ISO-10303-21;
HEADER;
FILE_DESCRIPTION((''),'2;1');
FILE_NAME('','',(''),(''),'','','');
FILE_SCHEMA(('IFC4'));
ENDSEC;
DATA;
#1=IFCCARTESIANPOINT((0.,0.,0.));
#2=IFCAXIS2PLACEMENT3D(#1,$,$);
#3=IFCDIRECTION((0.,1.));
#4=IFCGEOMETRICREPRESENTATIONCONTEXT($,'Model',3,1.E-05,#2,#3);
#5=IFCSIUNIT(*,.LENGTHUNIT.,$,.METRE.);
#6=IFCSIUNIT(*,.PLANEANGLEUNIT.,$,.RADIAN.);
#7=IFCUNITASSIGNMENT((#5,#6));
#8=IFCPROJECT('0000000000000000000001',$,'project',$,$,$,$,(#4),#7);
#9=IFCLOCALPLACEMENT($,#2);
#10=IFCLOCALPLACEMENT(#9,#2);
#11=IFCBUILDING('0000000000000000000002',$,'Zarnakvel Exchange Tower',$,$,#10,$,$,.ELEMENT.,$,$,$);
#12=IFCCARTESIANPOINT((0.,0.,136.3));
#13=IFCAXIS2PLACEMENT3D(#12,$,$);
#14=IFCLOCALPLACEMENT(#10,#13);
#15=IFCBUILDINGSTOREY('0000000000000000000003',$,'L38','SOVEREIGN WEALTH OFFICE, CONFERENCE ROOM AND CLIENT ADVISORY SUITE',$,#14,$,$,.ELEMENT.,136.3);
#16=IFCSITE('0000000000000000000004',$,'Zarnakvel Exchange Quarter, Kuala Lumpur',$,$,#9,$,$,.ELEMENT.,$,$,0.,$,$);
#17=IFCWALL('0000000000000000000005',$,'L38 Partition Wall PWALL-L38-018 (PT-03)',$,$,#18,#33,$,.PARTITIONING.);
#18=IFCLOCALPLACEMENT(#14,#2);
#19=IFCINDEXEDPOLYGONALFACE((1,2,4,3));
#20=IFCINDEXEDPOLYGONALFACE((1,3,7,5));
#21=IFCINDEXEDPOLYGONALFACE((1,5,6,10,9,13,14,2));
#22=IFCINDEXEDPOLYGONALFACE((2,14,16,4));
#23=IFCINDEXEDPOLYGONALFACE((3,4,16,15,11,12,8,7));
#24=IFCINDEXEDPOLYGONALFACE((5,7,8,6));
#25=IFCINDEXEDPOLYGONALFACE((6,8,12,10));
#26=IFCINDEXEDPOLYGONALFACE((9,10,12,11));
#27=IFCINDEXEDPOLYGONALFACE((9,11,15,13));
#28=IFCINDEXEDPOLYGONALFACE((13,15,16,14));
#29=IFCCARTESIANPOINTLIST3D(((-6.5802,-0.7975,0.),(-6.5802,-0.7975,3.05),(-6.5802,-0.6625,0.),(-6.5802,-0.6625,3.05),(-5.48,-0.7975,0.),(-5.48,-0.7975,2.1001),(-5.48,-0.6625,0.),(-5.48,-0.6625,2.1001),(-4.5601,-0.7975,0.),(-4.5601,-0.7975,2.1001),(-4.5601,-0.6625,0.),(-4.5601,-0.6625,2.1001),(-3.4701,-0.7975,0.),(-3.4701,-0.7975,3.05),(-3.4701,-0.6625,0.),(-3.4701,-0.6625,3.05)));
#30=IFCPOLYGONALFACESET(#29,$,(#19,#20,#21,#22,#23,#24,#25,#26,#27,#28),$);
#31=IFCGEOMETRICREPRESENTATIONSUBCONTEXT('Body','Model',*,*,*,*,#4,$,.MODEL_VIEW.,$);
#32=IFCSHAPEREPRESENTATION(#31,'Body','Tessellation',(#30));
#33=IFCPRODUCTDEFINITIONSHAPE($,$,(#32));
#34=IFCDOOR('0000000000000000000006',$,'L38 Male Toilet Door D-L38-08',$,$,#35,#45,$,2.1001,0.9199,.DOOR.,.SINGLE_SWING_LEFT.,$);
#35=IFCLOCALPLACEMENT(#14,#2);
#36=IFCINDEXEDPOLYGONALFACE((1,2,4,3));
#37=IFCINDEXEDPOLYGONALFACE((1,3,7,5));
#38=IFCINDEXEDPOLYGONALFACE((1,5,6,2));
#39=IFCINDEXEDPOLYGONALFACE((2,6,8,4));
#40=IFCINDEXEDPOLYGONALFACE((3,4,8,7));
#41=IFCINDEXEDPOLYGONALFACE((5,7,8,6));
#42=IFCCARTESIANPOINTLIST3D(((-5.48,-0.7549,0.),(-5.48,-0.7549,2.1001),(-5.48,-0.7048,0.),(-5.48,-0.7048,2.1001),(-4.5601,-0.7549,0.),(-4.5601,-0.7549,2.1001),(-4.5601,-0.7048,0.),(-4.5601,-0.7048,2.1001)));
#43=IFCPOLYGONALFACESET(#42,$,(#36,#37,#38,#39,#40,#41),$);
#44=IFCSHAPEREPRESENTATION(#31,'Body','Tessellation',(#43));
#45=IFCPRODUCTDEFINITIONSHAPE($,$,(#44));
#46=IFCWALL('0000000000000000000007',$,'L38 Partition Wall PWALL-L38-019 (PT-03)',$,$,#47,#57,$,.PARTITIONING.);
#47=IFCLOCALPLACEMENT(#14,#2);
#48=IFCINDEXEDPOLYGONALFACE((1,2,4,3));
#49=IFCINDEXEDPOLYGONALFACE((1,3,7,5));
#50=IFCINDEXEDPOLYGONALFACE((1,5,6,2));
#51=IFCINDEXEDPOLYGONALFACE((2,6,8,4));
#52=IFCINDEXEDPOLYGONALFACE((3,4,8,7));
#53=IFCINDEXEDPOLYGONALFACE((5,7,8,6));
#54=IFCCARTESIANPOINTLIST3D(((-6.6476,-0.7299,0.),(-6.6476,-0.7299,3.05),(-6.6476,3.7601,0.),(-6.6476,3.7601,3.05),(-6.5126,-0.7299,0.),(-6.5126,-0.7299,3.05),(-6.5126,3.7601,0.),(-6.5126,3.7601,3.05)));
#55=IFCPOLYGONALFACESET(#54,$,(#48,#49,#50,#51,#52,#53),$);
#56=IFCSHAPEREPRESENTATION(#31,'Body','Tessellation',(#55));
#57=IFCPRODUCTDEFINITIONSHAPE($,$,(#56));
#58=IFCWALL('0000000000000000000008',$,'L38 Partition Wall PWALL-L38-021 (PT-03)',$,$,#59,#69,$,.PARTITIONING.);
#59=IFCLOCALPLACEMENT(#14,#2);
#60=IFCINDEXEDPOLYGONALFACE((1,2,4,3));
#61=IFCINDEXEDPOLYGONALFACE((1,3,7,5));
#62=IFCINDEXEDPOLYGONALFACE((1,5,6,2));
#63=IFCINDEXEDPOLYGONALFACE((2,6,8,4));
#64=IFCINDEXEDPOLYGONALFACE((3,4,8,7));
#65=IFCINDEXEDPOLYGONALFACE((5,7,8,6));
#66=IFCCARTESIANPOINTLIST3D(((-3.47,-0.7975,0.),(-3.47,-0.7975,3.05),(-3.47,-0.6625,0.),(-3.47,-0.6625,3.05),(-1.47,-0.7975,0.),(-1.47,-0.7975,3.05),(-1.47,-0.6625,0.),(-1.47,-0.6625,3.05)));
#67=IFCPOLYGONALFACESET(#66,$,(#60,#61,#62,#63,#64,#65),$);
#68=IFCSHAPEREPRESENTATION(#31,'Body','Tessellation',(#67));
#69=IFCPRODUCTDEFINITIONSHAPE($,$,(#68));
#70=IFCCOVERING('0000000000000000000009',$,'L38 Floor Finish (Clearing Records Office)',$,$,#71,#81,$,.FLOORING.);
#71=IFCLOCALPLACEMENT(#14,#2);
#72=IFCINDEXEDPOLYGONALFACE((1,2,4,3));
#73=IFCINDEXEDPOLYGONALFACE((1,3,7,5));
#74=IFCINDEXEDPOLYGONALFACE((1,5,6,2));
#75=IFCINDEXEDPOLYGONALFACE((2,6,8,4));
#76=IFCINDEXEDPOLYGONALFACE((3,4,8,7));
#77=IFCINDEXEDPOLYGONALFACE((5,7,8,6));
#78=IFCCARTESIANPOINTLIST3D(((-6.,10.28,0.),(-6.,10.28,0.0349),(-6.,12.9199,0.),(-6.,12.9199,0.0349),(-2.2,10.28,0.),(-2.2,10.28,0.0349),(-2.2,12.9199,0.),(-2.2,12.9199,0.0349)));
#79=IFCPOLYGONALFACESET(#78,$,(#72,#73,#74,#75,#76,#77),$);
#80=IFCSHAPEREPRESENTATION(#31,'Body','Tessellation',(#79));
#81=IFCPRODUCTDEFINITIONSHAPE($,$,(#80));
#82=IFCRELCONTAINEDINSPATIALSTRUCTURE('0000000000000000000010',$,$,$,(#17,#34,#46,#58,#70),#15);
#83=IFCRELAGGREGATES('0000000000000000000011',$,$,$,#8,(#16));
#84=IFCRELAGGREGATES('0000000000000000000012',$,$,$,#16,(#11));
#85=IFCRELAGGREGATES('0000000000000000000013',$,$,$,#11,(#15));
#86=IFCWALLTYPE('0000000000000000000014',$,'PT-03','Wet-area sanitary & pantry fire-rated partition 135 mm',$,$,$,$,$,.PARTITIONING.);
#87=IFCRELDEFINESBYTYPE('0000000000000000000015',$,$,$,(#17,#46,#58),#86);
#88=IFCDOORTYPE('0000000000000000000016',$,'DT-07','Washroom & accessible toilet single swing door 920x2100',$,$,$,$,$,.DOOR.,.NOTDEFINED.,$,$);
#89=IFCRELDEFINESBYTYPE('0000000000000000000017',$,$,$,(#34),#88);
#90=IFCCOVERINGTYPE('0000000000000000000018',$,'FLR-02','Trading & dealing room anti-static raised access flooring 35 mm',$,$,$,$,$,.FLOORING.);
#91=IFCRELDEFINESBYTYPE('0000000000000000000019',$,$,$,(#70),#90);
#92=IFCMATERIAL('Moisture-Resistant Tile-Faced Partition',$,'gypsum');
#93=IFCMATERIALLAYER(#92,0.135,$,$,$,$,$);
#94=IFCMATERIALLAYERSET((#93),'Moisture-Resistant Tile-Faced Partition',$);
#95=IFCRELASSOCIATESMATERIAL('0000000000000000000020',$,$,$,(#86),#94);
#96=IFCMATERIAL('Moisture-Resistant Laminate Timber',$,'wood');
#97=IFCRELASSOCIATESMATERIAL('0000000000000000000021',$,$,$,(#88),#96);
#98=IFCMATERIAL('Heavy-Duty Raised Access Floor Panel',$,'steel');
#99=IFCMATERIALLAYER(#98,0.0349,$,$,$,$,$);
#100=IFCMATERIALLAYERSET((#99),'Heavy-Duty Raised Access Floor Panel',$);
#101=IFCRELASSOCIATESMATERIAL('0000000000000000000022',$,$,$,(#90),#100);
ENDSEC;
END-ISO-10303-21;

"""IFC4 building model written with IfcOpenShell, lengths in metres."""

from ifc_helpers import new_model, si_unit, direction, frame, frame_2d, origin, place, context, subcontext, project, spatial, polyline, rectangle, outline, extrude, source, transform, mapped, material, layer, layer_set, type_object, element, fill, save


model = new_model("IFC4")

# Units and contexts
model_context = context("Model", 3, precision=1e-05, world=origin(), true_north=direction((0.0, 1.0)))
body_context = subcontext(model_context, "Body", "Model", "MODEL_VIEW")
ifc_project = project(units=[si_unit("LENGTHUNIT", "METRE"), si_unit("PLANEANGLEUNIT", "RADIAN")], contexts=[model_context])

# Site, building, storey
site_placement = place(None, origin())
site = spatial("IfcSite", under=ifc_project, at=site_placement, Name="Zarnakvel Exchange Quarter, Kuala Lumpur", CompositionType="ELEMENT", RefElevation=0.0)
building_placement = place(site_placement, origin())
building = spatial("IfcBuilding", under=site, at=building_placement, Name="Zarnakvel Exchange Tower", CompositionType="ELEMENT")
storey_placement = place(building_placement, frame((0.0, 0.0, 136.3)))
storey = spatial("IfcBuildingStorey", under=building, at=storey_placement, Name="L38", Description="SOVEREIGN WEALTH OFFICE, CONFERENCE ROOM AND CLIENT ADVISORY SUITE", CompositionType="ELEMENT", Elevation=136.3)

# Wall, opening, door
ifc_material_1 = material(Name="Moisture-Resistant Tile-Faced Partition", Category="gypsum")
ifc_layer_1 = layer(ifc_material_1, 0.135)
ifc_layer_set_1 = layer_set([ifc_layer_1], Name="Moisture-Resistant Tile-Faced Partition")
wall_type_1 = type_object("IfcWallType", Name="PT-03", Description="Wet-area sanitary & pantry fire-rated partition 135 mm", PredefinedType="PARTITIONING", material=ifc_layer_set_1)
wall_1_placement = place(storey_placement, frame((-3.47, -0.73, 0.0), z_axis=(0.0, 0.0, 1.0), x_axis=(-1.0, 0.0, 0.0)))
wall_1 = element("IfcWall", 1, at=wall_1_placement, inside=storey, type_object=wall_type_1, Name="L38 Partition Wall PWALL-L38-018 (PT-03)", PredefinedType="PARTITIONING", context=body_context, shape_type="SweptSolid", body=[
    extrude(rectangle(XDim=3.1101, YDim=0.135, at=frame_2d((1.5552, 0.0))), origin(), (0.0, 0.0, 1.0), 3.05),
])
opening_1_placement = place(wall_1_placement, frame((1.0901, 0.0, 0.0)))
opening_1 = element("IfcOpeningElement", 2, at=opening_1_placement, cuts=wall_1, PredefinedType="OPENING", context=body_context, shape_type="SweptSolid", body=[
    extrude(rectangle(XDim=0.9199, YDim=2.1001, at=frame_2d((0.46, 1.05))), frame((0.0, 0.0774, 0.0), z_axis=(0.0, -1.0, 0.0), x_axis=(1.0, 0.0, 0.0)), (0.0, 0.0, 1.0), 0.155),
])
ifc_material_2 = material(Name="Moisture-Resistant Laminate Timber", Category="wood")
door_type_1 = type_object("IfcDoorType", Name="DT-07", Description="Washroom & accessible toilet single swing door 920x2100", OperationType="NOTDEFINED", PredefinedType="DOOR", material=ifc_material_2)
shared_shape_1 = source(origin(), body_context, "Body", "SweptSolid", [
    extrude(rectangle(XDim=0.9199, YDim=2.1001, at=frame_2d((0.46, 1.05))), frame((0.0, 0.0249, 0.0), z_axis=(0.0, -1.0, 0.0), x_axis=(1.0, 0.0, 0.0)), (0.0, 0.0, 1.0), 0.05),
])
door_1_placement = place(opening_1_placement, origin())
door_1 = element("IfcDoor", 3, at=door_1_placement, inside=storey, type_object=door_type_1, Name="L38 Male Toilet Door D-L38-08", OperationType="SINGLE_SWING_LEFT", OverallHeight=2.1001, OverallWidth=0.9199, PredefinedType="DOOR", context=body_context, shape_type="MappedRepresentation", body=[
    mapped(shared_shape_1, transform((0.0, 0.0, 0.0), x_axis=(1.0, 0.0, 0.0), y_axis=(0.0, 1.0, 0.0), z_axis=(0.0, 0.0, 1.0), scale=1.0)),
])
fill(opening_1, door_1)

# Walls
wall_2_placement = place(storey_placement, frame((-6.5801, -0.73, 0.0), z_axis=(0.0, 0.0, 1.0), x_axis=(0.0, 1.0, 0.0)))
element("IfcWall", 4, at=wall_2_placement, inside=storey, type_object=wall_type_1, Name="L38 Partition Wall PWALL-L38-019 (PT-03)", PredefinedType="PARTITIONING", context=body_context, shape_type="SweptSolid", body=[
    extrude(rectangle(XDim=4.49, YDim=0.135, at=frame_2d((2.2451, 0.0))), origin(), (0.0, 0.0, 1.0), 3.05),
])
wall_3_placement = place(storey_placement, frame((-1.47, -0.73, 0.0), z_axis=(0.0, 0.0, 1.0), x_axis=(-1.0, 0.0, 0.0)))
element("IfcWall", 5, at=wall_3_placement, inside=storey, type_object=wall_type_1, Name="L38 Partition Wall PWALL-L38-021 (PT-03)", PredefinedType="PARTITIONING", context=body_context, shape_type="SweptSolid", body=[
    extrude(rectangle(XDim=2.0, YDim=0.135, at=frame_2d((1.0, 0.0))), origin(), (0.0, 0.0, 1.0), 3.05),
])

# Covering
ifc_material_3 = material(Name="Heavy-Duty Raised Access Floor Panel", Category="steel")
ifc_layer_2 = layer(ifc_material_3, 0.0349)
ifc_layer_set_2 = layer_set([ifc_layer_2], Name="Heavy-Duty Raised Access Floor Panel")
covering_type = type_object("IfcCoveringType", Name="FLR-02", Description="Trading & dealing room anti-static raised access flooring 35 mm", PredefinedType="FLOORING", material=ifc_layer_set_2)
covering_placement = place(storey_placement, origin())
element("IfcCovering", 6, at=covering_placement, inside=storey, type_object=covering_type, Name="L38 Floor Finish (Clearing Records Office)", PredefinedType="FLOORING", context=body_context, shape_type="SweptSolid", body=[
    extrude(outline(polyline([(-6.0, 12.9199), (-2.2, 12.9199), (-2.2, 10.28), (-6.0, 10.28), (-6.0, 12.9199)])), origin(), (0.0, 0.0, 1.0), 0.0349),
])

save(model, "model.ifc")
